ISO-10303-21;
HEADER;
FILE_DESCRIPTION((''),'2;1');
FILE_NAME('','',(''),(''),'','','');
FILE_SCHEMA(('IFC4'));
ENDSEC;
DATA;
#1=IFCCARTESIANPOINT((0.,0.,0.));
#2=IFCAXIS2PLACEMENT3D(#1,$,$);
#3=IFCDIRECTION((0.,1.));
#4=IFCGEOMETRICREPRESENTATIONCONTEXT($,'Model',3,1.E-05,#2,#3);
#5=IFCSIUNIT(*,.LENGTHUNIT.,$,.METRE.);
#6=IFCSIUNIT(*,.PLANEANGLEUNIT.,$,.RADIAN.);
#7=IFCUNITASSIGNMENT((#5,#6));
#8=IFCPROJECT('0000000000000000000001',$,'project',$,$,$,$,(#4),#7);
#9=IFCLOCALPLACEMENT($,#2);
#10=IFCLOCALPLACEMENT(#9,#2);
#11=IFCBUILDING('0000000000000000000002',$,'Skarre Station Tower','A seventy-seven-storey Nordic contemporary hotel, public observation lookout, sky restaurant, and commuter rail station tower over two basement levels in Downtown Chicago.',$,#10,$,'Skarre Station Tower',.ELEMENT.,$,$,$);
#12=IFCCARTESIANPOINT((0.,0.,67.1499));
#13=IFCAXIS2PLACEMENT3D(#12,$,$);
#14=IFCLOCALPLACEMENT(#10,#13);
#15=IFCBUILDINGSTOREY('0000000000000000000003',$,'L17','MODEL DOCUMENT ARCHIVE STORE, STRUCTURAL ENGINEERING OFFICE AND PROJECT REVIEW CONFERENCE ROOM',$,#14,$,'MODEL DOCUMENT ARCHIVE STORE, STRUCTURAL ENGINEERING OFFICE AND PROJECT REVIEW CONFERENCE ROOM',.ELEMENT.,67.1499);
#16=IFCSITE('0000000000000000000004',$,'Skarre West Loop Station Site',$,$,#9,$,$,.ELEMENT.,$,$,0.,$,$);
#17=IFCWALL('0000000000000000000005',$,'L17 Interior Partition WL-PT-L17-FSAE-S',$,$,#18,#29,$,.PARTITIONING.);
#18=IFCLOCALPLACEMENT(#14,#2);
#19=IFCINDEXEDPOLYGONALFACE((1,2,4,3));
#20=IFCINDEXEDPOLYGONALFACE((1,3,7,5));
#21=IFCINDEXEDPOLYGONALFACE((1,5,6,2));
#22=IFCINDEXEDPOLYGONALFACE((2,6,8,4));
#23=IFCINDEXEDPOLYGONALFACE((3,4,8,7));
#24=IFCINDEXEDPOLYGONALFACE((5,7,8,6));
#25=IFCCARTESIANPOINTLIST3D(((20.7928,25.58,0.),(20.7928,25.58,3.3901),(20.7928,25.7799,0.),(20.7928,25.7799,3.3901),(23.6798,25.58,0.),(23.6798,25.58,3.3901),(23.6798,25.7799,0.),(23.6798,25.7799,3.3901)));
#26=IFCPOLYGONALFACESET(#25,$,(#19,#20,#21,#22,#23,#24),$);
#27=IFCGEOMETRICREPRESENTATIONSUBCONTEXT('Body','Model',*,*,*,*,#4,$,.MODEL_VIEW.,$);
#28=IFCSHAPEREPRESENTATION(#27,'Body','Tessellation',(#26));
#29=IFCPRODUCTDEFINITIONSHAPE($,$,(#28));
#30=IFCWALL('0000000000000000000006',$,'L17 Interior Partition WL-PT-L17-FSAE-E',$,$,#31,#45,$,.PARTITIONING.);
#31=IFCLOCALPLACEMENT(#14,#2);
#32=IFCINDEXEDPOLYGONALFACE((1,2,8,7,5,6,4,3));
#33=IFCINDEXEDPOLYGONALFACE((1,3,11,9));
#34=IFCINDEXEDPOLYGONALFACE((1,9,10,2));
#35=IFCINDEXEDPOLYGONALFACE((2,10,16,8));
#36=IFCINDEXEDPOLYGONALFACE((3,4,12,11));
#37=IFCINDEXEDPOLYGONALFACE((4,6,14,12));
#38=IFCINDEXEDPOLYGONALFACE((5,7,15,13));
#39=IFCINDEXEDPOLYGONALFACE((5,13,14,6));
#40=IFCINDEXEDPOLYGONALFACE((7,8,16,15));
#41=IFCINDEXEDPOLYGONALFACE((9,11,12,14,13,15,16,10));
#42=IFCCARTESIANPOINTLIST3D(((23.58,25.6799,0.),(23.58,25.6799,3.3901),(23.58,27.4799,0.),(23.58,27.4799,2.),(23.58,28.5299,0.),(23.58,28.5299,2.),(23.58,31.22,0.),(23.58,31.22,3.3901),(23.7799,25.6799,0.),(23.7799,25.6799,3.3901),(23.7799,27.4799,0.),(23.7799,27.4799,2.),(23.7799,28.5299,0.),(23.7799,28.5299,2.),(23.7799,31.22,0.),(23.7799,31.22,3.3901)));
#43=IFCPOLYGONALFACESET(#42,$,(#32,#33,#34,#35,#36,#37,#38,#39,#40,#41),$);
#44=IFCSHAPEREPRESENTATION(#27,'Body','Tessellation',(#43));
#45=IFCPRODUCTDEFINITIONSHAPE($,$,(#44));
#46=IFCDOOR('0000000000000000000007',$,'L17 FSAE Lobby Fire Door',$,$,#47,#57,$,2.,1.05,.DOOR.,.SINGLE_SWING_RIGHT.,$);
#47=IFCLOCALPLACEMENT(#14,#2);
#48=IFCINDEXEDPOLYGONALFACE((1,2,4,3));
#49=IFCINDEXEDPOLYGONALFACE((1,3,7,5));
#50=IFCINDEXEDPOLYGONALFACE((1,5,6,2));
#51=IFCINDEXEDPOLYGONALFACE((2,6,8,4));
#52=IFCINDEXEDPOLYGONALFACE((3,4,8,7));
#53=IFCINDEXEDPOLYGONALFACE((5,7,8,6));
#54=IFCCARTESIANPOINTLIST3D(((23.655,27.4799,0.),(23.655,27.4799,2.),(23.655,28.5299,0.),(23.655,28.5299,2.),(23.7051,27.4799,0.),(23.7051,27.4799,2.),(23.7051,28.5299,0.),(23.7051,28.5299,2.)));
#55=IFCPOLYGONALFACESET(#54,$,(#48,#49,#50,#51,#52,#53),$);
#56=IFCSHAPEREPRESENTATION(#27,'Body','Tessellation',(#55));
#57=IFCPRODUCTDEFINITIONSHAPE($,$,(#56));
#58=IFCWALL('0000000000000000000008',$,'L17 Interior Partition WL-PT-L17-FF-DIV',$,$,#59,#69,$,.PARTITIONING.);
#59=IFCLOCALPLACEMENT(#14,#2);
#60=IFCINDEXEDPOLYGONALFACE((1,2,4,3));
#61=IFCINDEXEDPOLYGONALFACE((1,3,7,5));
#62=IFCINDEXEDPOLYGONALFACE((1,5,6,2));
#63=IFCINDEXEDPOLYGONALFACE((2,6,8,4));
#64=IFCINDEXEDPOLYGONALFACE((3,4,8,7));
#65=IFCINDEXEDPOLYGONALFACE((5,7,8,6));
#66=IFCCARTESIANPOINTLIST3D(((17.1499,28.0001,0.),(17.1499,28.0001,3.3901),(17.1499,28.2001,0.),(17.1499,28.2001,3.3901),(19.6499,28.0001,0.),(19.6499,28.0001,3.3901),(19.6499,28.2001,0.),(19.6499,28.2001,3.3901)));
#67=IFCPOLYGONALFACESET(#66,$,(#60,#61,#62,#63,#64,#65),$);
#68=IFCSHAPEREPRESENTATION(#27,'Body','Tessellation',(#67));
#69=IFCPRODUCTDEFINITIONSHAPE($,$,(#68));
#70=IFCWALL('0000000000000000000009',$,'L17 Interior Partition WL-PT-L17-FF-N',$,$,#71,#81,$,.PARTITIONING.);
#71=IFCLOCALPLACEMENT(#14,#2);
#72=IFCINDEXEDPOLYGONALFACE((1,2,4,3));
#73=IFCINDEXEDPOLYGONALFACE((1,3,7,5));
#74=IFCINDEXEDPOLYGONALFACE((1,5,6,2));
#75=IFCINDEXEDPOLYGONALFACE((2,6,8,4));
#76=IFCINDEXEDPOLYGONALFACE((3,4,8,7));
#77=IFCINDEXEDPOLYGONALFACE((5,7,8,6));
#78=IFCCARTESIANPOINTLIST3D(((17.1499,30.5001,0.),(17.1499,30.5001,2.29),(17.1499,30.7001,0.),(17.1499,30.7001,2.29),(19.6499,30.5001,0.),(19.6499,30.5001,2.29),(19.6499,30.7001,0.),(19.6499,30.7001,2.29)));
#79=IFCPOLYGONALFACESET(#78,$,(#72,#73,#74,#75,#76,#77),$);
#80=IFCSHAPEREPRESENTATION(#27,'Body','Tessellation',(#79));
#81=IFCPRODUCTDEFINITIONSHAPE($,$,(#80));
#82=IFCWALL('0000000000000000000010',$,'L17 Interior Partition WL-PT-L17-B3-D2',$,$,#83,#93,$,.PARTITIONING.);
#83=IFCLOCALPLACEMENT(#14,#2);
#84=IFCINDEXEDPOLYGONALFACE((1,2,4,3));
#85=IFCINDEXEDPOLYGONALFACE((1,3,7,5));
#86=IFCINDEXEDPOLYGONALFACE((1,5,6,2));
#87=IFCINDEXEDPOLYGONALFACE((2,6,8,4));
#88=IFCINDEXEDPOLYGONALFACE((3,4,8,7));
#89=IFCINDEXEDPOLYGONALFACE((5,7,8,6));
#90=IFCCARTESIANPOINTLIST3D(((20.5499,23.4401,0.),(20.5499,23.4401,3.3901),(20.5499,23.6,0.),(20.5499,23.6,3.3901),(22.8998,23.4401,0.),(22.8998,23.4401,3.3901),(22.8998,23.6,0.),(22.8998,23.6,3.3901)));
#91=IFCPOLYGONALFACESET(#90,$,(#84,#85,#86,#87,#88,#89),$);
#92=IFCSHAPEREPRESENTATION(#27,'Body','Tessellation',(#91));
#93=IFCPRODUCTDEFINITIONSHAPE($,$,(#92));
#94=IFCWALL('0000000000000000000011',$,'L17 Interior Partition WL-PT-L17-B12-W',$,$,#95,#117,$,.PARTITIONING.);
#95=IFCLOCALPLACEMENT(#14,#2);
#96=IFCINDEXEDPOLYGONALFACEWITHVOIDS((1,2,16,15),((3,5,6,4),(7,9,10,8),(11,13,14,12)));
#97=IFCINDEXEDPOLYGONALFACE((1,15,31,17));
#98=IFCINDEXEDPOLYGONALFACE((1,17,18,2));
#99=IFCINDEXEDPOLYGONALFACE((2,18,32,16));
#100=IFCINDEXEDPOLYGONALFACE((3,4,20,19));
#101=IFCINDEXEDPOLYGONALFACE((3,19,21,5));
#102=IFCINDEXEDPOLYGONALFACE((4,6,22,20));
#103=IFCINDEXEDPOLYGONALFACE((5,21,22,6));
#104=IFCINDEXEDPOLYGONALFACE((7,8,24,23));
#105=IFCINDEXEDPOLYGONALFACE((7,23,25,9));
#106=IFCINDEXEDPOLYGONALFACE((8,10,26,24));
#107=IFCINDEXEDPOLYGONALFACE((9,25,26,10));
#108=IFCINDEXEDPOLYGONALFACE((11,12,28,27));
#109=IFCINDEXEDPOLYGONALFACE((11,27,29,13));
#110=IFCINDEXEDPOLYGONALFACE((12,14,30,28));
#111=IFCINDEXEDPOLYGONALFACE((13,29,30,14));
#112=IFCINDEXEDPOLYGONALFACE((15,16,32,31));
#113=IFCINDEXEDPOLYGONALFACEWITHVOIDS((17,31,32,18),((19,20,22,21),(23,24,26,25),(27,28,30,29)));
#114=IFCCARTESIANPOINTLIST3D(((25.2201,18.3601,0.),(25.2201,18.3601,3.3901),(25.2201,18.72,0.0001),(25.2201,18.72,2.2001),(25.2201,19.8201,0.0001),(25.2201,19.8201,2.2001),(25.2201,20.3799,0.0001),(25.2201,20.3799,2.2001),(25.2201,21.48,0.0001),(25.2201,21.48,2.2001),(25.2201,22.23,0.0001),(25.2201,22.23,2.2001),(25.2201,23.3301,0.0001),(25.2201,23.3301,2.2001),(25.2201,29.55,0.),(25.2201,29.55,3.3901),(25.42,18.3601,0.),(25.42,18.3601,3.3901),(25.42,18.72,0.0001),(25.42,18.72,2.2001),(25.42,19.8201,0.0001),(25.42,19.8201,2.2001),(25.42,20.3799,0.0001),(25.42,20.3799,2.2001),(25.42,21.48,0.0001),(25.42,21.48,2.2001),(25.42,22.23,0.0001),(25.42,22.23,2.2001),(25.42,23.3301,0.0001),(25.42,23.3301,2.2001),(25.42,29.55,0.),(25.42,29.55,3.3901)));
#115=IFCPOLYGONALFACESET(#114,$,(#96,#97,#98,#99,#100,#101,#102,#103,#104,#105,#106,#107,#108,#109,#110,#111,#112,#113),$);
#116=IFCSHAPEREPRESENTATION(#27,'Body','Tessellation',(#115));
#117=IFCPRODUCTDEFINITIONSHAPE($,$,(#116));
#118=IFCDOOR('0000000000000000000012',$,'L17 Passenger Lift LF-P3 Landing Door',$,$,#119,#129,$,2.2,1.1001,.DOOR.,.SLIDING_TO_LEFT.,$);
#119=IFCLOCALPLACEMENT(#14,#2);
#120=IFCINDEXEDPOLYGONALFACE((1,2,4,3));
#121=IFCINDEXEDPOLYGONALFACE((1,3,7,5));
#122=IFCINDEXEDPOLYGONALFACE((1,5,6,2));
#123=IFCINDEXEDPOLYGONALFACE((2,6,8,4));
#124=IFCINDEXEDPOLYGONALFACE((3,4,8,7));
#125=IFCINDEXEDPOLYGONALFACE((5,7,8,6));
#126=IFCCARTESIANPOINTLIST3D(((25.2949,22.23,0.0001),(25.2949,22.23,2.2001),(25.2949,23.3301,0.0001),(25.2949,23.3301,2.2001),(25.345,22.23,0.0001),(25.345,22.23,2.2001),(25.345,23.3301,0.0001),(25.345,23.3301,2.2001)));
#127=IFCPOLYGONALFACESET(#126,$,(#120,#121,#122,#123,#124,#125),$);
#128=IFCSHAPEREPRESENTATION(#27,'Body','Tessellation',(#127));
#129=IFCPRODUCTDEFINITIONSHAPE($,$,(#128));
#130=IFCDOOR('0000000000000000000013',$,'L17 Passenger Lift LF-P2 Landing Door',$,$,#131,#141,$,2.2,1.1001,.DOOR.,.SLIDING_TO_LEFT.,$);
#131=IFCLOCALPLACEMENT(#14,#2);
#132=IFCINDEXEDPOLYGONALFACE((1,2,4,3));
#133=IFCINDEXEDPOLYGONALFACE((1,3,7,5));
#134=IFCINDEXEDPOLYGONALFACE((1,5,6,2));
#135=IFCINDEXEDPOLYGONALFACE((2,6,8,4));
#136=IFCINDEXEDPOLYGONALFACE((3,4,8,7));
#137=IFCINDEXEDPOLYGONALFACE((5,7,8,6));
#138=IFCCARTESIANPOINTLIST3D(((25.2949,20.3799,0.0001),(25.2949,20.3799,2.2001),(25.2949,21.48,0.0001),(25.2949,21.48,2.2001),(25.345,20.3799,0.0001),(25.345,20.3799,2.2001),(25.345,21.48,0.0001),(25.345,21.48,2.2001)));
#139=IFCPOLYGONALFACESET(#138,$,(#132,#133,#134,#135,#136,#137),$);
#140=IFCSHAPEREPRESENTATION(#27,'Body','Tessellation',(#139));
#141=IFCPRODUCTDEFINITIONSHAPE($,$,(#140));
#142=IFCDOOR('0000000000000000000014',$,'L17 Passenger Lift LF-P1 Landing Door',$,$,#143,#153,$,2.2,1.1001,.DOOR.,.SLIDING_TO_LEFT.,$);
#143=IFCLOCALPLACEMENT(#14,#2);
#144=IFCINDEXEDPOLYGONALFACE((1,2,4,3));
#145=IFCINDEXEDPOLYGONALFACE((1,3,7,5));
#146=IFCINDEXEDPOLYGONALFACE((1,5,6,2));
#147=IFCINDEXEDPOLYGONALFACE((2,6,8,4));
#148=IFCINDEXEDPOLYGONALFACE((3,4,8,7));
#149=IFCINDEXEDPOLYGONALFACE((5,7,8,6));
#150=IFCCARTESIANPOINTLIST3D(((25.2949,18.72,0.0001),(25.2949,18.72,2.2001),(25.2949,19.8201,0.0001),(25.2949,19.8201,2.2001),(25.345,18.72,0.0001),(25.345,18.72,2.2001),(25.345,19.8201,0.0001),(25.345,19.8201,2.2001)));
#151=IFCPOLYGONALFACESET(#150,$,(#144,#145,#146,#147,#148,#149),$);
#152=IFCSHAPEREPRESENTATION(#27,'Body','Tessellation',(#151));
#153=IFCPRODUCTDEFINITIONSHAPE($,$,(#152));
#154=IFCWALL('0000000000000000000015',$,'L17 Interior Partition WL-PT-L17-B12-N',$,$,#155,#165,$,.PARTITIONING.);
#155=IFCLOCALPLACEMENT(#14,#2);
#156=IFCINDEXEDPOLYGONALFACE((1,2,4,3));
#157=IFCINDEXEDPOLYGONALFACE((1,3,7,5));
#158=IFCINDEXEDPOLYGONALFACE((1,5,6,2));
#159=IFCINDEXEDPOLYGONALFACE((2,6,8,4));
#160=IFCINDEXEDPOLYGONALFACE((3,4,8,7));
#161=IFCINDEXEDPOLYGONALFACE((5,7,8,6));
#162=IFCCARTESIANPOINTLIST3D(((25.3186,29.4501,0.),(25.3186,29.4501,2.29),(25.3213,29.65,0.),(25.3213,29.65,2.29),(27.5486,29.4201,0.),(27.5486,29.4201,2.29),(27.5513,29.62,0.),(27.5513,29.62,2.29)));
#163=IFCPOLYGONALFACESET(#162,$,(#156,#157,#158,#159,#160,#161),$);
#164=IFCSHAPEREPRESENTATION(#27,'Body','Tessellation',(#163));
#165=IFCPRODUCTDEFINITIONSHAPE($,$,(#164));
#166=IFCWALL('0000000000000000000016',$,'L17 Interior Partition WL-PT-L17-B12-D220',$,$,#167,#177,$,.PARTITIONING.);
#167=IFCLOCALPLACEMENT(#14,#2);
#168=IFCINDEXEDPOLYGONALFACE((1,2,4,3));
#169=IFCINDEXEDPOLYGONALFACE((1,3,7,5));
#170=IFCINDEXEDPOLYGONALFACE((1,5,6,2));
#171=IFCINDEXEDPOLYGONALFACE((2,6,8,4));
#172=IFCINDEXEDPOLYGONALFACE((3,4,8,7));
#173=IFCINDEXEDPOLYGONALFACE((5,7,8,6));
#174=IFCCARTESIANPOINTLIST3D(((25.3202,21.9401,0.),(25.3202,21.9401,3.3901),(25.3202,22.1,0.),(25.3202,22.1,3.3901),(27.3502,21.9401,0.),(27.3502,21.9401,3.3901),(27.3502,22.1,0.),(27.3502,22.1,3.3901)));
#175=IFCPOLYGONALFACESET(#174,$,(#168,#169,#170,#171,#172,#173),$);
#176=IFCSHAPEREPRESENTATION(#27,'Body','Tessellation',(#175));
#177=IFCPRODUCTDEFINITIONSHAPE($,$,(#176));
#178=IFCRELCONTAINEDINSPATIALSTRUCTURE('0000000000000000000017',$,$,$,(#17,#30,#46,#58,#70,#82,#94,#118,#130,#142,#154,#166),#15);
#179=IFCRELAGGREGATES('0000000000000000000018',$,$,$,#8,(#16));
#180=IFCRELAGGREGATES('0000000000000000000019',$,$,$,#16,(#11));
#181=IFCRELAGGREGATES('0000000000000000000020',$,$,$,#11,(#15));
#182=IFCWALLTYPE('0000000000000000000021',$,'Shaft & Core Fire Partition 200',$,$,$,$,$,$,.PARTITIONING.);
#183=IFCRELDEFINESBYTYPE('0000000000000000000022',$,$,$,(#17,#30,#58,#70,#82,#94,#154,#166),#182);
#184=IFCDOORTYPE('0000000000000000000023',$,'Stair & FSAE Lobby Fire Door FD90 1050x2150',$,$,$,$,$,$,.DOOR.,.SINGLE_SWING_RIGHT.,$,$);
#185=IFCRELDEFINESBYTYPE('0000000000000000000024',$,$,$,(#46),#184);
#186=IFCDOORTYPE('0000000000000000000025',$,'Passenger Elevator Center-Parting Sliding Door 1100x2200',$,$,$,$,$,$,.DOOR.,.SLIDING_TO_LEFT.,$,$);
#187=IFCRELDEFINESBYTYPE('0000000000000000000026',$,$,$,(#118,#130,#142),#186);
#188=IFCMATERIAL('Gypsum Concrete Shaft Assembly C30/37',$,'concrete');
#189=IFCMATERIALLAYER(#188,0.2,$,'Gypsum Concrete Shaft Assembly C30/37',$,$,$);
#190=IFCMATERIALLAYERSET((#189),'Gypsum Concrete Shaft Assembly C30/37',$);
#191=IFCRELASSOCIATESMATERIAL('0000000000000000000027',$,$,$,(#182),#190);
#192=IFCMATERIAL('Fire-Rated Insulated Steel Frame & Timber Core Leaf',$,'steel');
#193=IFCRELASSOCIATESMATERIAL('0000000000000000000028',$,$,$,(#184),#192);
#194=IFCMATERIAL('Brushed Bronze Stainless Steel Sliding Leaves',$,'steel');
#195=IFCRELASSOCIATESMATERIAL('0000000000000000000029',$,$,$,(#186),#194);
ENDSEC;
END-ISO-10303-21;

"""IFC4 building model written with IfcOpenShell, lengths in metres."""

from ifc_helpers import new_model, si_unit, direction, frame, frame_2d, origin, place, context, subcontext, project, spatial, rectangle, extrude, material, layer, layer_set, type_object, element, fill, save


model = new_model("IFC4")

# Units and contexts
model_context = context("Model", 3, precision=1e-05, world=origin(), true_north=direction((0.0, 1.0)))
body_context = subcontext(model_context, "Body", "Model", "MODEL_VIEW")
ifc_project = project(units=[si_unit("LENGTHUNIT", "METRE"), si_unit("PLANEANGLEUNIT", "RADIAN")], contexts=[model_context])

# Site, building, storey
site_placement = place(None, origin())
site = spatial("IfcSite", under=ifc_project, at=site_placement, Name="Skarre West Loop Station Site", CompositionType="ELEMENT", RefElevation=0.0)
building_placement = place(site_placement, origin())
building = spatial("IfcBuilding", under=site, at=building_placement, Name="Skarre Station Tower", Description="A seventy-seven-storey Nordic contemporary hotel, public observation lookout, sky restaurant, and commuter rail station tower over two basement levels in Downtown Chicago.", LongName="Skarre Station Tower", CompositionType="ELEMENT")
storey_placement = place(building_placement, frame((0.0, 0.0, 67.1499)))
storey = spatial("IfcBuildingStorey", under=building, at=storey_placement, Name="L17", Description="MODEL DOCUMENT ARCHIVE STORE, STRUCTURAL ENGINEERING OFFICE AND PROJECT REVIEW CONFERENCE ROOM", LongName="MODEL DOCUMENT ARCHIVE STORE, STRUCTURAL ENGINEERING OFFICE AND PROJECT REVIEW CONFERENCE ROOM", CompositionType="ELEMENT", Elevation=67.1499)

# Shared definitions
ifc_material_1 = material(Name="Gypsum Concrete Shaft Assembly C30/37", Category="concrete")
ifc_layer_1 = layer(ifc_material_1, 0.2, Name="Gypsum Concrete Shaft Assembly C30/37")
ifc_layer_set_1 = layer_set([ifc_layer_1], Name="Gypsum Concrete Shaft Assembly C30/37")
wall_type_1 = type_object("IfcWallType", Name="Shaft & Core Fire Partition 200", PredefinedType="PARTITIONING", material=ifc_layer_set_1)

# Wall
wall_1_placement = place(storey_placement, frame((20.793, 25.6799, 0.0), z_axis=(0.0, 0.0, 1.0), x_axis=(1.0, 0.0, 0.0)))
element("IfcWall", 1, at=wall_1_placement, inside=storey, type_object=wall_type_1, Name="L17 Interior Partition WL-PT-L17-FSAE-S", PredefinedType="PARTITIONING", context=body_context, shape_type="SweptSolid", body=[
    extrude(rectangle(XDim=2.887, YDim=0.2, at=frame_2d((1.4434, 0.0))), origin(), (0.0, 0.0, 1.0), 3.3901),
])

# Wall, opening, door
wall_2_placement = place(storey_placement, frame((23.6799, 25.6799, 0.0), z_axis=(0.0, 0.0, 1.0), x_axis=(0.0, 1.0, 0.0)))
wall_2 = element("IfcWall", 2, at=wall_2_placement, inside=storey, type_object=wall_type_1, Name="L17 Interior Partition WL-PT-L17-FSAE-E", PredefinedType="PARTITIONING", context=body_context, shape_type="SweptSolid", body=[
    extrude(rectangle(XDim=5.54, YDim=0.2, at=frame_2d((2.77, 0.0))), origin(), (0.0, 0.0, 1.0), 3.3901),
])
opening_1_placement = place(wall_2_placement, frame((1.8, 0.0, 0.0)))
opening_1 = element("IfcOpeningElement", 3, at=opening_1_placement, cuts=wall_2, PredefinedType="OPENING", context=body_context, shape_type="SweptSolid", body=[
    extrude(rectangle(XDim=1.05, YDim=2.0, at=frame_2d((0.5249, 1.0))), frame((0.0, 0.1099, 0.0), z_axis=(0.0, -1.0, 0.0), x_axis=(1.0, 0.0, 0.0)), (0.0, 0.0, 1.0), 0.22),
])
ifc_material_2 = material(Name="Fire-Rated Insulated Steel Frame & Timber Core Leaf", Category="steel")
door_type_1 = type_object("IfcDoorType", Name="Stair & FSAE Lobby Fire Door FD90 1050x2150", OperationType="SINGLE_SWING_RIGHT", PredefinedType="DOOR", material=ifc_material_2)
door_1_placement = place(opening_1_placement, origin())
door_1 = element("IfcDoor", 4, at=door_1_placement, inside=storey, type_object=door_type_1, Name="L17 FSAE Lobby Fire Door", OperationType="SINGLE_SWING_RIGHT", OverallHeight=2.0, OverallWidth=1.05, PredefinedType="DOOR", context=body_context, shape_type="SweptSolid", body=[
    extrude(rectangle(XDim=1.05, YDim=2.0, at=frame_2d((0.5249, 1.0))), frame((0.0, 0.0249, 0.0), z_axis=(0.0, -1.0, 0.0), x_axis=(1.0, 0.0, 0.0)), (0.0, 0.0, 1.0), 0.05),
])
fill(opening_1, door_1)

# Walls
wall_3_placement = place(storey_placement, frame((17.1499, 28.1001, 0.0), z_axis=(0.0, 0.0, 1.0), x_axis=(1.0, 0.0, 0.0)))
element("IfcWall", 5, at=wall_3_placement, inside=storey, type_object=wall_type_1, Name="L17 Interior Partition WL-PT-L17-FF-DIV", PredefinedType="PARTITIONING", context=body_context, shape_type="SweptSolid", body=[
    extrude(rectangle(XDim=2.5, YDim=0.2, at=frame_2d((1.25, 0.0))), origin(), (0.0, 0.0, 1.0), 3.3901),
])
wall_4_placement = place(storey_placement, frame((19.6499, 30.6001, 0.0), z_axis=(0.0, 0.0, 1.0), x_axis=(-1.0, 0.0, 0.0)))
element("IfcWall", 6, at=wall_4_placement, inside=storey, type_object=wall_type_1, Name="L17 Interior Partition WL-PT-L17-FF-N", PredefinedType="PARTITIONING", context=body_context, shape_type="SweptSolid", body=[
    extrude(rectangle(XDim=2.5, YDim=0.2, at=frame_2d((1.25, 0.0))), origin(), (0.0, 0.0, 1.0), 2.29),
])
wall_5_placement = place(storey_placement, frame((20.55, 23.52, 0.0), z_axis=(0.0, 0.0, 1.0), x_axis=(1.0, 0.0, 0.0)))
element("IfcWall", 7, at=wall_5_placement, inside=storey, type_object=wall_type_1, Name="L17 Interior Partition WL-PT-L17-B3-D2", PredefinedType="PARTITIONING", context=body_context, shape_type="SweptSolid", body=[
    extrude(rectangle(XDim=2.3499, YDim=0.1599, at=frame_2d((1.1748, 0.0))), origin(), (0.0, 0.0, 1.0), 3.3901),
])

# Wall, openings, doors
wall_6_placement = place(storey_placement, frame((25.3201, 29.55, 0.0), z_axis=(0.0, 0.0, 1.0), x_axis=(0.0, -1.0, 0.0)))
wall_6 = element("IfcWall", 8, at=wall_6_placement, inside=storey, type_object=wall_type_1, Name="L17 Interior Partition WL-PT-L17-B12-W", PredefinedType="PARTITIONING", context=body_context, shape_type="SweptSolid", body=[
    extrude(rectangle(XDim=11.1899, YDim=0.2, at=frame_2d((5.595, 0.0))), origin(), (0.0, 0.0, 1.0), 3.3901),
])
opening_2_placement = place(wall_6_placement, frame((6.22, 0.0, 0.0)))
opening_2 = element("IfcOpeningElement", 9, at=opening_2_placement, cuts=wall_6, PredefinedType="OPENING", context=body_context, shape_type="SweptSolid", body=[
    extrude(rectangle(XDim=1.1001, YDim=2.2, at=frame_2d((0.55, 1.1001))), frame((0.0, 0.1099, 0.0), z_axis=(0.0, -1.0, 0.0), x_axis=(1.0, 0.0, 0.0)), (0.0, 0.0, 1.0), 0.22),
])
opening_3_placement = place(wall_6_placement, frame((8.0701, 0.0, 0.0)))
opening_3 = element("IfcOpeningElement", 10, at=opening_3_placement, cuts=wall_6, PredefinedType="OPENING", context=body_context, shape_type="SweptSolid", body=[
    extrude(rectangle(XDim=1.1001, YDim=2.2, at=frame_2d((0.55, 1.1001))), frame((0.0, 0.1099, 0.0), z_axis=(0.0, -1.0, 0.0), x_axis=(1.0, 0.0, 0.0)), (0.0, 0.0, 1.0), 0.22),
])
opening_4_placement = place(wall_6_placement, frame((9.73, 0.0, 0.0)))
opening_4 = element("IfcOpeningElement", 11, at=opening_4_placement, cuts=wall_6, PredefinedType="OPENING", context=body_context, shape_type="SweptSolid", body=[
    extrude(rectangle(XDim=1.1001, YDim=2.2, at=frame_2d((0.55, 1.1001))), frame((0.0, 0.1099, 0.0), z_axis=(0.0, -1.0, 0.0), x_axis=(1.0, 0.0, 0.0)), (0.0, 0.0, 1.0), 0.22),
])
ifc_material_3 = material(Name="Brushed Bronze Stainless Steel Sliding Leaves", Category="steel")
door_type_2 = type_object("IfcDoorType", Name="Passenger Elevator Center-Parting Sliding Door 1100x2200", OperationType="SLIDING_TO_LEFT", PredefinedType="DOOR", material=ifc_material_3)
door_2_placement = place(opening_2_placement, origin())
door_2 = element("IfcDoor", 12, at=door_2_placement, inside=storey, type_object=door_type_2, Name="L17 Passenger Lift LF-P3 Landing Door", OperationType="SLIDING_TO_LEFT", OverallHeight=2.2, OverallWidth=1.1001, PredefinedType="DOOR", context=body_context, shape_type="SweptSolid", body=[
    extrude(rectangle(XDim=1.1001, YDim=2.2, at=frame_2d((0.55, 1.1001))), frame((0.0, 0.0249, 0.0), z_axis=(0.0, -1.0, 0.0), x_axis=(1.0, 0.0, 0.0)), (0.0, 0.0, 1.0), 0.05),
])
fill(opening_2, door_2)
door_3_placement = place(opening_3_placement, origin())
door_3 = element("IfcDoor", 13, at=door_3_placement, inside=storey, type_object=door_type_2, Name="L17 Passenger Lift LF-P2 Landing Door", OperationType="SLIDING_TO_LEFT", OverallHeight=2.2, OverallWidth=1.1001, PredefinedType="DOOR", context=body_context, shape_type="SweptSolid", body=[
    extrude(rectangle(XDim=1.1001, YDim=2.2, at=frame_2d((0.55, 1.1001))), frame((0.0, 0.0249, 0.0), z_axis=(0.0, -1.0, 0.0), x_axis=(1.0, 0.0, 0.0)), (0.0, 0.0, 1.0), 0.05),
])
fill(opening_3, door_3)
door_4_placement = place(opening_4_placement, origin())
door_4 = element("IfcDoor", 14, at=door_4_placement, inside=storey, type_object=door_type_2, Name="L17 Passenger Lift LF-P1 Landing Door", OperationType="SLIDING_TO_LEFT", OverallHeight=2.2, OverallWidth=1.1001, PredefinedType="DOOR", context=body_context, shape_type="SweptSolid", body=[
    extrude(rectangle(XDim=1.1001, YDim=2.2, at=frame_2d((0.55, 1.1001))), frame((0.0, 0.0249, 0.0), z_axis=(0.0, -1.0, 0.0), x_axis=(1.0, 0.0, 0.0)), (0.0, 0.0, 1.0), 0.05),
])
fill(opening_4, door_4)

# Walls
wall_7_placement = place(storey_placement, frame((27.55, 29.52, 0.0), z_axis=(0.0, 0.0, 1.0), x_axis=(-0.999909, 0.013465, 0.0)))
element("IfcWall", 15, at=wall_7_placement, inside=storey, type_object=wall_type_1, Name="L17 Interior Partition WL-PT-L17-B12-N", PredefinedType="PARTITIONING", context=body_context, shape_type="SweptSolid", body=[
    extrude(rectangle(XDim=2.2302, YDim=0.2, at=frame_2d((1.1152, 0.0))), origin(), (0.0, 0.0, 1.0), 2.29),
])
for number, where, z_axis, x_axis, name in (
    (16, (25.3201, 22.02, 0.0), (0.0, 0.0, 1.0), (1.0, 0.0, 0.0), "L17 Interior Partition WL-PT-L17-B12-D220"),
):
    element("IfcWall", number, at=place(storey_placement, frame(where, z_axis=z_axis, x_axis=x_axis)), inside=storey, type_object=wall_type_1, Name=name, PredefinedType="PARTITIONING", context=body_context, shape_type="SweptSolid", body=[
        extrude(rectangle(XDim=2.03, YDim=0.1599, at=frame_2d((1.0151, 0.0))), origin(), (0.0, 0.0, 1.0), 3.3901),
    ])

save(model, "model.ifc")
